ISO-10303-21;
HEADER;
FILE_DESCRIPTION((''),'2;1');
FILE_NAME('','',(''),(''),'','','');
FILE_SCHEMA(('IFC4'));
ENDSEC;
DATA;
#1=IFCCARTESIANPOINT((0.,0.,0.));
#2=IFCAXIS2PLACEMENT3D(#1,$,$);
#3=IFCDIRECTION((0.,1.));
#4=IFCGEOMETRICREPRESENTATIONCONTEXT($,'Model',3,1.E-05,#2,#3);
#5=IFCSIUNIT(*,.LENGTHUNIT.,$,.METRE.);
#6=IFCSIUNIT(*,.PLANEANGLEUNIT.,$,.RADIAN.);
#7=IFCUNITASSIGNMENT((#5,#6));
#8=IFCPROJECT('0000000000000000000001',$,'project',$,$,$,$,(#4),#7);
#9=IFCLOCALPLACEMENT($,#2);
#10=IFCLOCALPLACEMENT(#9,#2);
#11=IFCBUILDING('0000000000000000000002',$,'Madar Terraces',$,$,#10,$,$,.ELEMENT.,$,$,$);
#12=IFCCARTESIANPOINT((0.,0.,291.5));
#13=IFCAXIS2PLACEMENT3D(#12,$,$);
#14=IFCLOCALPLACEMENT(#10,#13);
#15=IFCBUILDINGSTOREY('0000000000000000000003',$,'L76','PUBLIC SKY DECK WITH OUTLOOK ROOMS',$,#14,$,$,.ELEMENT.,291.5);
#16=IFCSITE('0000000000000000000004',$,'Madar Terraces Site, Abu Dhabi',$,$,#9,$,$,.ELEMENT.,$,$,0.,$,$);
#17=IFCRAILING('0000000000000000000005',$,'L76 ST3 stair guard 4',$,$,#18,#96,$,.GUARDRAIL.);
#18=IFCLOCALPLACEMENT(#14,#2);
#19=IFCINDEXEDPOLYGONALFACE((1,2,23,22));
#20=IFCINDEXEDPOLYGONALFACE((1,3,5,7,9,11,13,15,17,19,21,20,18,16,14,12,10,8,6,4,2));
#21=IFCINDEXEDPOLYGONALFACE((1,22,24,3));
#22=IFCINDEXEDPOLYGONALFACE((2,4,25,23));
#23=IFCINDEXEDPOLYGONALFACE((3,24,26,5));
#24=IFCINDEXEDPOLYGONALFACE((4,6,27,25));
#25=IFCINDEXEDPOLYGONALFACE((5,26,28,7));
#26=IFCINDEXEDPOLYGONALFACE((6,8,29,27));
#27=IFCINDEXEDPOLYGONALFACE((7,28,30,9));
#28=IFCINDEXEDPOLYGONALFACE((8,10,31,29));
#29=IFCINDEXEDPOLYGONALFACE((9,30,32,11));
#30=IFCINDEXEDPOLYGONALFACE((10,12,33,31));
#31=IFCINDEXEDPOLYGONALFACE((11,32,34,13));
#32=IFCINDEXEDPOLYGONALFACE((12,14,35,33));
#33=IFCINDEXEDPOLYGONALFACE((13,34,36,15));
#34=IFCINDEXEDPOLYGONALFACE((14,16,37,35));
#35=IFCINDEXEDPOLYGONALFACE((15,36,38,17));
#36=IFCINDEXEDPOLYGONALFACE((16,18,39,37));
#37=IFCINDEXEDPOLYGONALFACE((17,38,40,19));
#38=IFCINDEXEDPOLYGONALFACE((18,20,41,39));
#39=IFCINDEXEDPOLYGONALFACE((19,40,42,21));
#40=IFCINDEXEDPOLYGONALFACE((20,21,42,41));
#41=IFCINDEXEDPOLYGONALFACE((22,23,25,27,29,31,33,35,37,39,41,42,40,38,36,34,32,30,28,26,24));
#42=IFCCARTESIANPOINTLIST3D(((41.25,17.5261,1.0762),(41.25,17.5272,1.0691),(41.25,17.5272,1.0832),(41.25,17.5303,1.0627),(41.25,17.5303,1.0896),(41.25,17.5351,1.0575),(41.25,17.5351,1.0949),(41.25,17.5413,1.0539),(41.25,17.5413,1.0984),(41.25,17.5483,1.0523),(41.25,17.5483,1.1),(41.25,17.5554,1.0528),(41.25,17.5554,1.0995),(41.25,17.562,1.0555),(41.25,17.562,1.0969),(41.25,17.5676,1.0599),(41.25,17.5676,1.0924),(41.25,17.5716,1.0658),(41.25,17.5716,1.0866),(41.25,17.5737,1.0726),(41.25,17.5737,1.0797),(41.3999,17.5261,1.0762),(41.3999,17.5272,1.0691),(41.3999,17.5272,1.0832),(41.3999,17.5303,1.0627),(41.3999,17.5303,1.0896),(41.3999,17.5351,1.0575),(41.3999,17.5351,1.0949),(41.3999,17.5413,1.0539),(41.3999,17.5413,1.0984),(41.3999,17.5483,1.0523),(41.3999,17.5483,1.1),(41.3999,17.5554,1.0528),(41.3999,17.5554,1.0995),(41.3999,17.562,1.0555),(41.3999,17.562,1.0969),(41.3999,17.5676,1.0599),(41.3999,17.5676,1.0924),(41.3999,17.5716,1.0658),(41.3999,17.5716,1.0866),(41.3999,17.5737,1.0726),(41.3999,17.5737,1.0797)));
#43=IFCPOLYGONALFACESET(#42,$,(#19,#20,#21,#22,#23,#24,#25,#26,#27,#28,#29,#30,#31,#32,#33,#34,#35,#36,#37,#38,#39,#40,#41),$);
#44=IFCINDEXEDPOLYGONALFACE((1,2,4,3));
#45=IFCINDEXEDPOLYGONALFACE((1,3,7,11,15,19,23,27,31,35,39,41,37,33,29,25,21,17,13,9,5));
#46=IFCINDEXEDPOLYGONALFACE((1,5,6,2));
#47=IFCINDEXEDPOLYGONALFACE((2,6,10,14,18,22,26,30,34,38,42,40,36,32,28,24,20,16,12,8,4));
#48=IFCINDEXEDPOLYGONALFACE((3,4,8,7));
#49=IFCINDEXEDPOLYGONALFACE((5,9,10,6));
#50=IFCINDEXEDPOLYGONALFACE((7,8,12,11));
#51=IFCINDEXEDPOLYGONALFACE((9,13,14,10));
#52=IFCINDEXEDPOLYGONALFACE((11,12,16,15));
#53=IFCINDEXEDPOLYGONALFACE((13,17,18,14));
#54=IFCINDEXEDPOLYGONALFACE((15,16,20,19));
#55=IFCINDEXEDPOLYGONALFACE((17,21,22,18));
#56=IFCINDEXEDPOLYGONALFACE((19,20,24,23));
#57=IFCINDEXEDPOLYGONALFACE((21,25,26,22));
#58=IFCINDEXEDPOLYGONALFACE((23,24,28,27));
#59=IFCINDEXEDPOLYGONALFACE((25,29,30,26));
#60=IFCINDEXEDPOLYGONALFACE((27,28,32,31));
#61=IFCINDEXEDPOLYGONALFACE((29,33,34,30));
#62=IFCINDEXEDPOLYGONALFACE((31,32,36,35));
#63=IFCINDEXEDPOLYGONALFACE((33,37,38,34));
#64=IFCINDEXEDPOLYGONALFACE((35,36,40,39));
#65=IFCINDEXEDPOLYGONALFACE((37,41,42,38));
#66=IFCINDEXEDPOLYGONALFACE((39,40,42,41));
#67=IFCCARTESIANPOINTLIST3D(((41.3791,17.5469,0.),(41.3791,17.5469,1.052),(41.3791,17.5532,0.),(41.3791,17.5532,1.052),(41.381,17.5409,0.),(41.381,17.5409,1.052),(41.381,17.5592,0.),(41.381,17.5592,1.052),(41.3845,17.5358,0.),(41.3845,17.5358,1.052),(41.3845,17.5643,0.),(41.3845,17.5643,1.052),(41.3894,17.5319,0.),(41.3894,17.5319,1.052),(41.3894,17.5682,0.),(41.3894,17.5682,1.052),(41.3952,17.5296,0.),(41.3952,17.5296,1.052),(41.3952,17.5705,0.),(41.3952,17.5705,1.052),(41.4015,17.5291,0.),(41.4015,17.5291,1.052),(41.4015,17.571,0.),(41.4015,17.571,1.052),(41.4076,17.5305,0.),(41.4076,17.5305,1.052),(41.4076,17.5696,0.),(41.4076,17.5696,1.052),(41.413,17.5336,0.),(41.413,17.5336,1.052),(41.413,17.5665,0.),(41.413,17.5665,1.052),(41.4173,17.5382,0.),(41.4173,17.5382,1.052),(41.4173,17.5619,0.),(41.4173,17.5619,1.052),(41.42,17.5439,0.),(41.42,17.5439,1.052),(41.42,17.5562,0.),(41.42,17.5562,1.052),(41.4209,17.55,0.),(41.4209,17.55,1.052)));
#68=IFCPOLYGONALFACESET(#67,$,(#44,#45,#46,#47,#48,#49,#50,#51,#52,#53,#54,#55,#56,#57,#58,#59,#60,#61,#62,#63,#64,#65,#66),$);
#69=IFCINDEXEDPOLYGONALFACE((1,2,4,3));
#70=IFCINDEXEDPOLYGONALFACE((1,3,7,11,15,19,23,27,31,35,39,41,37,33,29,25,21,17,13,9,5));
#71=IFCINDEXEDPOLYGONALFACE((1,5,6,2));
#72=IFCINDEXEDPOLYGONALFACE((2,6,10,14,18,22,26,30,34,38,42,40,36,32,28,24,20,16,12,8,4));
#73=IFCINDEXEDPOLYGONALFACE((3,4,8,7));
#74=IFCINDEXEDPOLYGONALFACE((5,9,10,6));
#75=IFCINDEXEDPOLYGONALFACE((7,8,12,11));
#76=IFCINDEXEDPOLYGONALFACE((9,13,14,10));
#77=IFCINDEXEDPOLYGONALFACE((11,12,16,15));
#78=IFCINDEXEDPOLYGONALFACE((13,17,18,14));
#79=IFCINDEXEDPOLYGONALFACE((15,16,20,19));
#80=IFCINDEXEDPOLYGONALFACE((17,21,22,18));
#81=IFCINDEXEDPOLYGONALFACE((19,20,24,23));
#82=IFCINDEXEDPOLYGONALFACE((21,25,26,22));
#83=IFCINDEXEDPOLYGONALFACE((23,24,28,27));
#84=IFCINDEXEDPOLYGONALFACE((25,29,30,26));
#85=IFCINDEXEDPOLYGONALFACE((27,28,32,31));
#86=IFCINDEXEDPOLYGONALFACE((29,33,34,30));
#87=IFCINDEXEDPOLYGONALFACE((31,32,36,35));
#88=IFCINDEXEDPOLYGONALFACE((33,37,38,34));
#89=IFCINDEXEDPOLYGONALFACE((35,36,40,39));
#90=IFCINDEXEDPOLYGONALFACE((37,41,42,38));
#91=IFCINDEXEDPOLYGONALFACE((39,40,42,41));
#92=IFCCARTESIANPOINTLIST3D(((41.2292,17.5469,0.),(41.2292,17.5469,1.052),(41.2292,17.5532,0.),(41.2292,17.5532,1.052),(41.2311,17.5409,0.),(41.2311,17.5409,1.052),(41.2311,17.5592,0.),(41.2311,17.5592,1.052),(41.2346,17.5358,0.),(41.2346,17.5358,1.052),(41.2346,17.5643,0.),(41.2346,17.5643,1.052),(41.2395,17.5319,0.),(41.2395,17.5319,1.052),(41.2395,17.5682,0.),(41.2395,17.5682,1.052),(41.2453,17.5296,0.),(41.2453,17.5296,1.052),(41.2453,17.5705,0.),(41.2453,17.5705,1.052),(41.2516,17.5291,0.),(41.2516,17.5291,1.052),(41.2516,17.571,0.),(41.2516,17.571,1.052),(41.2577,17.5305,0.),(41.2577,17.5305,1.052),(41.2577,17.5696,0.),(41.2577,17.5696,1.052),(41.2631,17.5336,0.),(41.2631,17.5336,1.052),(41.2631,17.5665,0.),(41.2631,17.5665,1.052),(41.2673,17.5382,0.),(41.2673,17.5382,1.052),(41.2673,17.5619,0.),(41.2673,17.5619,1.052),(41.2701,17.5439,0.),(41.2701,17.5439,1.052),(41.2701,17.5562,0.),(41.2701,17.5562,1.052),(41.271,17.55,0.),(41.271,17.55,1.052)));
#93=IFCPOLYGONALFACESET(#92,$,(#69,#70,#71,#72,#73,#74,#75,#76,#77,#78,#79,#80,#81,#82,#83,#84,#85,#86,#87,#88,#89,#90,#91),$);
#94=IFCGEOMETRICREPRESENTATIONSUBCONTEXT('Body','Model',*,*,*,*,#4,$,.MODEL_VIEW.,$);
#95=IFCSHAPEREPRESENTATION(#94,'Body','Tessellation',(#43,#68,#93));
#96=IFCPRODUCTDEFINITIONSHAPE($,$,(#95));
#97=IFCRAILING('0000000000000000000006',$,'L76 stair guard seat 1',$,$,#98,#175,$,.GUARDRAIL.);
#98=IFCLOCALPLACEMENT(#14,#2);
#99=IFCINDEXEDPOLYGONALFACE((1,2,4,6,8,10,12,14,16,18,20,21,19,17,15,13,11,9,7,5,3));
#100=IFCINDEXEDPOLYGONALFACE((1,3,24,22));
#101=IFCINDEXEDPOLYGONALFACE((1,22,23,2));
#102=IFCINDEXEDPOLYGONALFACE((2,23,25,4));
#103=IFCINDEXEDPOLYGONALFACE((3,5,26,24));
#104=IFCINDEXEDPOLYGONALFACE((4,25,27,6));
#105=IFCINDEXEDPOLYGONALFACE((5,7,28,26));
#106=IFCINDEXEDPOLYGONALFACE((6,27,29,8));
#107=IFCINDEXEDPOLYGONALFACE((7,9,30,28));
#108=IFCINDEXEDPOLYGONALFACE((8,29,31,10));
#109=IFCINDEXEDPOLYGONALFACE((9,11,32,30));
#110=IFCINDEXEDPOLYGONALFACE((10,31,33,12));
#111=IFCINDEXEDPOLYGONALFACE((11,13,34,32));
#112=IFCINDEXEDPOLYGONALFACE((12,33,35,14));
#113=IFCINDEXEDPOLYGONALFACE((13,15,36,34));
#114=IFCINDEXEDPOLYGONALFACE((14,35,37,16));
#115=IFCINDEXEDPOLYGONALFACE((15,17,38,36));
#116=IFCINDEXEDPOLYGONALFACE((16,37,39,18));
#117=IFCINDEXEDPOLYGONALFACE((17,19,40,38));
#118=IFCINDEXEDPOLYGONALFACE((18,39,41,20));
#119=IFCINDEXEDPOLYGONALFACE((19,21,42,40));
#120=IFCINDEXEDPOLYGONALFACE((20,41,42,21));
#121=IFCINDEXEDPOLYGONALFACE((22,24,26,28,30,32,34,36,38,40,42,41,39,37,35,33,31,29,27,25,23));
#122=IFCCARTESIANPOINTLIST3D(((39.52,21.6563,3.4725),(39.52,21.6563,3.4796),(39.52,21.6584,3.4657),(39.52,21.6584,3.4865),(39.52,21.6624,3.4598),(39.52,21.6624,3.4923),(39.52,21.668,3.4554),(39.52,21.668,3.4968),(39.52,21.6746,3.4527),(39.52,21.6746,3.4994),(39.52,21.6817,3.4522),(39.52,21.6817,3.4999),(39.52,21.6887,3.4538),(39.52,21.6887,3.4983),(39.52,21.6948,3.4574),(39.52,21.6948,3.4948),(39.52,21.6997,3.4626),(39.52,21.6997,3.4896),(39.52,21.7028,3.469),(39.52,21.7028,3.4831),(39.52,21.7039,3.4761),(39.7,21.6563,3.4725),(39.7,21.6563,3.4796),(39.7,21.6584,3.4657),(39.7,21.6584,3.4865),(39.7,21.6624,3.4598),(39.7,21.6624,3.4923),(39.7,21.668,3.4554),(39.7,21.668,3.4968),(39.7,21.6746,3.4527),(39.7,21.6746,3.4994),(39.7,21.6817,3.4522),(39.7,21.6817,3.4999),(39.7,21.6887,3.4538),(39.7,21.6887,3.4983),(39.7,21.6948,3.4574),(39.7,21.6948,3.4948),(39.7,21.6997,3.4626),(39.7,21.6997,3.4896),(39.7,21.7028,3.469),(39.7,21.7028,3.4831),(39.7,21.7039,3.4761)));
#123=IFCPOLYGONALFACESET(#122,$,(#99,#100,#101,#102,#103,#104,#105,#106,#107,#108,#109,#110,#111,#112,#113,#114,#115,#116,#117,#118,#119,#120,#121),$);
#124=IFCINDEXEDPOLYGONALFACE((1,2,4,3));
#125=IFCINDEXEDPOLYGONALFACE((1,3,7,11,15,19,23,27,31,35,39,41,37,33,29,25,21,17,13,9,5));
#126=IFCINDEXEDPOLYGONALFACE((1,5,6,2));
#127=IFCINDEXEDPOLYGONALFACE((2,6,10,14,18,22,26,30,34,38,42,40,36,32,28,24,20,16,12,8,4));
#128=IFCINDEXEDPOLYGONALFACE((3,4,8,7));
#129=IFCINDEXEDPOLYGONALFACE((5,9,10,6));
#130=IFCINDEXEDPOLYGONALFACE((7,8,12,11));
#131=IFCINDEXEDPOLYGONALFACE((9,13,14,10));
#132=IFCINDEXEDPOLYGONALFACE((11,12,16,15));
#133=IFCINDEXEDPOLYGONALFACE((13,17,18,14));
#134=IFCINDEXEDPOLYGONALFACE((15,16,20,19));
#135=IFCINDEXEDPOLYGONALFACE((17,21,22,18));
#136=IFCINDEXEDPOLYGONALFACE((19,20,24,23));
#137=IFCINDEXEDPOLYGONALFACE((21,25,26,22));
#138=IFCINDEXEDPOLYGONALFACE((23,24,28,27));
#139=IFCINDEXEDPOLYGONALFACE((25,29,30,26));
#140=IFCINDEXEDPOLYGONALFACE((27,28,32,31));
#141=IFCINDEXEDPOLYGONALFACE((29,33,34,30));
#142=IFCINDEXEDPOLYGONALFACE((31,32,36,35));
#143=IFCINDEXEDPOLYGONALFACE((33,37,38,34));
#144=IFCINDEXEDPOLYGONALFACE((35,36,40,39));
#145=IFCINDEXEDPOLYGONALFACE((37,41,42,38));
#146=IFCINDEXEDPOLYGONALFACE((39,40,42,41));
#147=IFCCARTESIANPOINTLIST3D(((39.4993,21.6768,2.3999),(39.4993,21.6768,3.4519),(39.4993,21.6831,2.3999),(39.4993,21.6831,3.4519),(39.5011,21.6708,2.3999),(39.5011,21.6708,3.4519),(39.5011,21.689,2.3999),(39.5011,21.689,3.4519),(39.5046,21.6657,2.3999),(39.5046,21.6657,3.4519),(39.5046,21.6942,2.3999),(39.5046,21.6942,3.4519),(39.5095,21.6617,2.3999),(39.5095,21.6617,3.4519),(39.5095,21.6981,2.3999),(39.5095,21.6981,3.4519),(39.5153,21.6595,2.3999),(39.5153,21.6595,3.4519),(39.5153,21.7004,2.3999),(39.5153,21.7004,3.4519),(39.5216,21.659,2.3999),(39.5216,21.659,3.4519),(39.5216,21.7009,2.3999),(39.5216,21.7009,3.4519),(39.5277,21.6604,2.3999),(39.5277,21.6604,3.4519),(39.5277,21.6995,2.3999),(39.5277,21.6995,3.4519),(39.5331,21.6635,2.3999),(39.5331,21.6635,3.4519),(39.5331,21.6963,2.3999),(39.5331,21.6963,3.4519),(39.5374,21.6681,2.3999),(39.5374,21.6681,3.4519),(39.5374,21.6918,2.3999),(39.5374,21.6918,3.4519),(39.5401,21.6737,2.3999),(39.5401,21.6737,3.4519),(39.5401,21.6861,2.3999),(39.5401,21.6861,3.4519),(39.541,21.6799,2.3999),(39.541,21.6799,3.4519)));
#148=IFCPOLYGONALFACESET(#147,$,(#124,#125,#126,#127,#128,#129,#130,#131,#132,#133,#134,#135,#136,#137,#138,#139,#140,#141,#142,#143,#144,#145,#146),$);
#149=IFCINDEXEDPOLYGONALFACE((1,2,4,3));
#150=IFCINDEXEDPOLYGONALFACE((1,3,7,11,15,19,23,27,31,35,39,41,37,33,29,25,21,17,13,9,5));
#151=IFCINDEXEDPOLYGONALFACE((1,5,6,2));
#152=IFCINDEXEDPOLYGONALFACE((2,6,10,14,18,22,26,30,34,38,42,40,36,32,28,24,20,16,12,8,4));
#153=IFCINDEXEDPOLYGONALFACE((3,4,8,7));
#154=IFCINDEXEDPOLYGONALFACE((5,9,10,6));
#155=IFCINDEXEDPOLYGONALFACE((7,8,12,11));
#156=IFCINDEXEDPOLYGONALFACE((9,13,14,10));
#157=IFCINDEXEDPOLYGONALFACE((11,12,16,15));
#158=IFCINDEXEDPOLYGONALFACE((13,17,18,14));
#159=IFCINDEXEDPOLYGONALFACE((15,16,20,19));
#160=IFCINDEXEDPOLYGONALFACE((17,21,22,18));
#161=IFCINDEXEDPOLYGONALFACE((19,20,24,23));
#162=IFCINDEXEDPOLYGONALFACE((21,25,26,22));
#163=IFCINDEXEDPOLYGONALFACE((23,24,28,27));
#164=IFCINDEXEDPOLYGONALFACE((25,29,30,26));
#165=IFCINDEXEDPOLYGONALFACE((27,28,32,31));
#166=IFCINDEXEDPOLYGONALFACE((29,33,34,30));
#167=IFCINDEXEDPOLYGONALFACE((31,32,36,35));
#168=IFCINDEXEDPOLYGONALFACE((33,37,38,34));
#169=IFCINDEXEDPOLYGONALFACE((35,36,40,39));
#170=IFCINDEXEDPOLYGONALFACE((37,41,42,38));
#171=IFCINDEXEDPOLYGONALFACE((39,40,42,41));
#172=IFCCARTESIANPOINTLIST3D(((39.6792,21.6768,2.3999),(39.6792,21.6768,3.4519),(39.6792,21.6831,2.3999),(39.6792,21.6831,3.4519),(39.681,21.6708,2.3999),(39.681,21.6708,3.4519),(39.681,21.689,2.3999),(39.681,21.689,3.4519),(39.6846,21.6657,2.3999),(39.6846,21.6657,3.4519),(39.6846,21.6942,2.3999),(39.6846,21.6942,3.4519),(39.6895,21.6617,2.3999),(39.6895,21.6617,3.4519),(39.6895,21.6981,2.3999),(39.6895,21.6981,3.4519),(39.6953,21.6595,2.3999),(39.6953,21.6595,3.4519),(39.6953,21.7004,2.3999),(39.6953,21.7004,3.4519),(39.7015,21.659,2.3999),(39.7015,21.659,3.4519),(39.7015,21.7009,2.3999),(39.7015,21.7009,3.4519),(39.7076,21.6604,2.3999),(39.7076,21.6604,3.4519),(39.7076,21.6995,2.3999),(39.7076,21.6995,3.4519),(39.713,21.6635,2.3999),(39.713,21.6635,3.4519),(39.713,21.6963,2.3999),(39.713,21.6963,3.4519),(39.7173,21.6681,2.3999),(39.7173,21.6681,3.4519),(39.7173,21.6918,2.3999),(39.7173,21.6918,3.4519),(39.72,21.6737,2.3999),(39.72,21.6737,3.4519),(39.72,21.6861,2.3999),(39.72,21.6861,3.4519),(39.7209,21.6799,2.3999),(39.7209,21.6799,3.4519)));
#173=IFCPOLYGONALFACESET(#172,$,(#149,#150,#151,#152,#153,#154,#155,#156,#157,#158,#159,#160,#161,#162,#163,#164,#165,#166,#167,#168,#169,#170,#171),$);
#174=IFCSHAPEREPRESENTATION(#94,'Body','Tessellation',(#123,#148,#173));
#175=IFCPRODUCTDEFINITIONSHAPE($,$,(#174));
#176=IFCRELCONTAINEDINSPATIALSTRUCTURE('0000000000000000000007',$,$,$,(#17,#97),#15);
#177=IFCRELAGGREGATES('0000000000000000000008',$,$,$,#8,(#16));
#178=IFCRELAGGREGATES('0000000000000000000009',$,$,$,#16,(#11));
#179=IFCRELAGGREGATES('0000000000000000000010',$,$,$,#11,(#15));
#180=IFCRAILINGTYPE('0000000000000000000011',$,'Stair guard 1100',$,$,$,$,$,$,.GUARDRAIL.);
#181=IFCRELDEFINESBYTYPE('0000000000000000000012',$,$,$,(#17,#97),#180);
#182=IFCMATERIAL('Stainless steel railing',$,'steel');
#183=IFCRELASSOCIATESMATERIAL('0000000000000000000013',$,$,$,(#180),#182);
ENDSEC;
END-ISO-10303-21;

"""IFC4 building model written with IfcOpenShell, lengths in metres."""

from ifc_helpers import new_model, si_unit, direction, frame, origin, origin_2d, place, context, subcontext, project, spatial, circle, extrude, material, type_object, element, save


model = new_model("IFC4")

# Units and contexts
model_context = context("Model", 3, precision=1e-05, world=origin(), true_north=direction((0.0, 1.0)))
body_context = subcontext(model_context, "Body", "Model", "MODEL_VIEW")
ifc_project = project(units=[si_unit("LENGTHUNIT", "METRE"), si_unit("PLANEANGLEUNIT", "RADIAN")], contexts=[model_context])

# Site, building, storey
site_placement = place(None, origin())
site = spatial("IfcSite", under=ifc_project, at=site_placement, Name="Madar Terraces Site, Abu Dhabi", CompositionType="ELEMENT", RefElevation=0.0)
building_placement = place(site_placement, origin())
building = spatial("IfcBuilding", under=site, at=building_placement, Name="Madar Terraces", CompositionType="ELEMENT")
storey_placement = place(building_placement, frame((0.0, 0.0, 291.5)))
storey = spatial("IfcBuildingStorey", under=building, at=storey_placement, Name="L76", Description="PUBLIC SKY DECK WITH OUTLOOK ROOMS", CompositionType="ELEMENT", Elevation=291.5)

# Railings
ifc_material_1 = material(Name="Stainless steel railing", Category="steel")
railing_type_1 = type_object("IfcRailingType", Name="Stair guard 1100", PredefinedType="GUARDRAIL", material=ifc_material_1)
railing_1_placement = place(storey_placement, frame((41.3999, 17.55, 0.0)))
element("IfcRailing", 1, at=railing_1_placement, inside=storey, type_object=railing_type_1, Name="L76 ST3 stair guard 4", PredefinedType="GUARDRAIL", context=body_context, shape_type="SweptSolid", body=[
    extrude(circle(Radius=0.0239, at=origin_2d()), frame((0.0, 0.0, 1.0762), z_axis=(-1.0, 0.0, 0.0), x_axis=(0.0, -1.0, 0.0)), (0.0, 0.0, 1.0), 0.1499),
    extrude(circle(Radius=0.021, at=origin_2d()), origin(), (0.0, 0.0, 1.0), 1.052),
    extrude(circle(Radius=0.021, at=origin_2d()), frame((-0.1499, 0.0, 0.0)), (0.0, 0.0, 1.0), 1.052),
])
for number, where, name in (
    (2, (39.52, 21.6799, 2.3999), "L76 stair guard seat 1"),
):
    element("IfcRailing", number, at=place(storey_placement, frame(where)), inside=storey, type_object=railing_type_1, Name=name, PredefinedType="GUARDRAIL", context=body_context, shape_type="SweptSolid", body=[
        extrude(circle(Radius=0.0239, at=origin_2d()), frame((0.0, 0.0, 1.0762), z_axis=(1.0, 0.0, 0.0), x_axis=(0.0, 1.0, 0.0)), (0.0, 0.0, 1.0), 0.1799),
        extrude(circle(Radius=0.021, at=origin_2d()), origin(), (0.0, 0.0, 1.0), 1.052),
        extrude(circle(Radius=0.021, at=origin_2d()), frame((0.1799, 0.0, 0.0)), (0.0, 0.0, 1.0), 1.052),
    ])

save(model, "model.ifc")
